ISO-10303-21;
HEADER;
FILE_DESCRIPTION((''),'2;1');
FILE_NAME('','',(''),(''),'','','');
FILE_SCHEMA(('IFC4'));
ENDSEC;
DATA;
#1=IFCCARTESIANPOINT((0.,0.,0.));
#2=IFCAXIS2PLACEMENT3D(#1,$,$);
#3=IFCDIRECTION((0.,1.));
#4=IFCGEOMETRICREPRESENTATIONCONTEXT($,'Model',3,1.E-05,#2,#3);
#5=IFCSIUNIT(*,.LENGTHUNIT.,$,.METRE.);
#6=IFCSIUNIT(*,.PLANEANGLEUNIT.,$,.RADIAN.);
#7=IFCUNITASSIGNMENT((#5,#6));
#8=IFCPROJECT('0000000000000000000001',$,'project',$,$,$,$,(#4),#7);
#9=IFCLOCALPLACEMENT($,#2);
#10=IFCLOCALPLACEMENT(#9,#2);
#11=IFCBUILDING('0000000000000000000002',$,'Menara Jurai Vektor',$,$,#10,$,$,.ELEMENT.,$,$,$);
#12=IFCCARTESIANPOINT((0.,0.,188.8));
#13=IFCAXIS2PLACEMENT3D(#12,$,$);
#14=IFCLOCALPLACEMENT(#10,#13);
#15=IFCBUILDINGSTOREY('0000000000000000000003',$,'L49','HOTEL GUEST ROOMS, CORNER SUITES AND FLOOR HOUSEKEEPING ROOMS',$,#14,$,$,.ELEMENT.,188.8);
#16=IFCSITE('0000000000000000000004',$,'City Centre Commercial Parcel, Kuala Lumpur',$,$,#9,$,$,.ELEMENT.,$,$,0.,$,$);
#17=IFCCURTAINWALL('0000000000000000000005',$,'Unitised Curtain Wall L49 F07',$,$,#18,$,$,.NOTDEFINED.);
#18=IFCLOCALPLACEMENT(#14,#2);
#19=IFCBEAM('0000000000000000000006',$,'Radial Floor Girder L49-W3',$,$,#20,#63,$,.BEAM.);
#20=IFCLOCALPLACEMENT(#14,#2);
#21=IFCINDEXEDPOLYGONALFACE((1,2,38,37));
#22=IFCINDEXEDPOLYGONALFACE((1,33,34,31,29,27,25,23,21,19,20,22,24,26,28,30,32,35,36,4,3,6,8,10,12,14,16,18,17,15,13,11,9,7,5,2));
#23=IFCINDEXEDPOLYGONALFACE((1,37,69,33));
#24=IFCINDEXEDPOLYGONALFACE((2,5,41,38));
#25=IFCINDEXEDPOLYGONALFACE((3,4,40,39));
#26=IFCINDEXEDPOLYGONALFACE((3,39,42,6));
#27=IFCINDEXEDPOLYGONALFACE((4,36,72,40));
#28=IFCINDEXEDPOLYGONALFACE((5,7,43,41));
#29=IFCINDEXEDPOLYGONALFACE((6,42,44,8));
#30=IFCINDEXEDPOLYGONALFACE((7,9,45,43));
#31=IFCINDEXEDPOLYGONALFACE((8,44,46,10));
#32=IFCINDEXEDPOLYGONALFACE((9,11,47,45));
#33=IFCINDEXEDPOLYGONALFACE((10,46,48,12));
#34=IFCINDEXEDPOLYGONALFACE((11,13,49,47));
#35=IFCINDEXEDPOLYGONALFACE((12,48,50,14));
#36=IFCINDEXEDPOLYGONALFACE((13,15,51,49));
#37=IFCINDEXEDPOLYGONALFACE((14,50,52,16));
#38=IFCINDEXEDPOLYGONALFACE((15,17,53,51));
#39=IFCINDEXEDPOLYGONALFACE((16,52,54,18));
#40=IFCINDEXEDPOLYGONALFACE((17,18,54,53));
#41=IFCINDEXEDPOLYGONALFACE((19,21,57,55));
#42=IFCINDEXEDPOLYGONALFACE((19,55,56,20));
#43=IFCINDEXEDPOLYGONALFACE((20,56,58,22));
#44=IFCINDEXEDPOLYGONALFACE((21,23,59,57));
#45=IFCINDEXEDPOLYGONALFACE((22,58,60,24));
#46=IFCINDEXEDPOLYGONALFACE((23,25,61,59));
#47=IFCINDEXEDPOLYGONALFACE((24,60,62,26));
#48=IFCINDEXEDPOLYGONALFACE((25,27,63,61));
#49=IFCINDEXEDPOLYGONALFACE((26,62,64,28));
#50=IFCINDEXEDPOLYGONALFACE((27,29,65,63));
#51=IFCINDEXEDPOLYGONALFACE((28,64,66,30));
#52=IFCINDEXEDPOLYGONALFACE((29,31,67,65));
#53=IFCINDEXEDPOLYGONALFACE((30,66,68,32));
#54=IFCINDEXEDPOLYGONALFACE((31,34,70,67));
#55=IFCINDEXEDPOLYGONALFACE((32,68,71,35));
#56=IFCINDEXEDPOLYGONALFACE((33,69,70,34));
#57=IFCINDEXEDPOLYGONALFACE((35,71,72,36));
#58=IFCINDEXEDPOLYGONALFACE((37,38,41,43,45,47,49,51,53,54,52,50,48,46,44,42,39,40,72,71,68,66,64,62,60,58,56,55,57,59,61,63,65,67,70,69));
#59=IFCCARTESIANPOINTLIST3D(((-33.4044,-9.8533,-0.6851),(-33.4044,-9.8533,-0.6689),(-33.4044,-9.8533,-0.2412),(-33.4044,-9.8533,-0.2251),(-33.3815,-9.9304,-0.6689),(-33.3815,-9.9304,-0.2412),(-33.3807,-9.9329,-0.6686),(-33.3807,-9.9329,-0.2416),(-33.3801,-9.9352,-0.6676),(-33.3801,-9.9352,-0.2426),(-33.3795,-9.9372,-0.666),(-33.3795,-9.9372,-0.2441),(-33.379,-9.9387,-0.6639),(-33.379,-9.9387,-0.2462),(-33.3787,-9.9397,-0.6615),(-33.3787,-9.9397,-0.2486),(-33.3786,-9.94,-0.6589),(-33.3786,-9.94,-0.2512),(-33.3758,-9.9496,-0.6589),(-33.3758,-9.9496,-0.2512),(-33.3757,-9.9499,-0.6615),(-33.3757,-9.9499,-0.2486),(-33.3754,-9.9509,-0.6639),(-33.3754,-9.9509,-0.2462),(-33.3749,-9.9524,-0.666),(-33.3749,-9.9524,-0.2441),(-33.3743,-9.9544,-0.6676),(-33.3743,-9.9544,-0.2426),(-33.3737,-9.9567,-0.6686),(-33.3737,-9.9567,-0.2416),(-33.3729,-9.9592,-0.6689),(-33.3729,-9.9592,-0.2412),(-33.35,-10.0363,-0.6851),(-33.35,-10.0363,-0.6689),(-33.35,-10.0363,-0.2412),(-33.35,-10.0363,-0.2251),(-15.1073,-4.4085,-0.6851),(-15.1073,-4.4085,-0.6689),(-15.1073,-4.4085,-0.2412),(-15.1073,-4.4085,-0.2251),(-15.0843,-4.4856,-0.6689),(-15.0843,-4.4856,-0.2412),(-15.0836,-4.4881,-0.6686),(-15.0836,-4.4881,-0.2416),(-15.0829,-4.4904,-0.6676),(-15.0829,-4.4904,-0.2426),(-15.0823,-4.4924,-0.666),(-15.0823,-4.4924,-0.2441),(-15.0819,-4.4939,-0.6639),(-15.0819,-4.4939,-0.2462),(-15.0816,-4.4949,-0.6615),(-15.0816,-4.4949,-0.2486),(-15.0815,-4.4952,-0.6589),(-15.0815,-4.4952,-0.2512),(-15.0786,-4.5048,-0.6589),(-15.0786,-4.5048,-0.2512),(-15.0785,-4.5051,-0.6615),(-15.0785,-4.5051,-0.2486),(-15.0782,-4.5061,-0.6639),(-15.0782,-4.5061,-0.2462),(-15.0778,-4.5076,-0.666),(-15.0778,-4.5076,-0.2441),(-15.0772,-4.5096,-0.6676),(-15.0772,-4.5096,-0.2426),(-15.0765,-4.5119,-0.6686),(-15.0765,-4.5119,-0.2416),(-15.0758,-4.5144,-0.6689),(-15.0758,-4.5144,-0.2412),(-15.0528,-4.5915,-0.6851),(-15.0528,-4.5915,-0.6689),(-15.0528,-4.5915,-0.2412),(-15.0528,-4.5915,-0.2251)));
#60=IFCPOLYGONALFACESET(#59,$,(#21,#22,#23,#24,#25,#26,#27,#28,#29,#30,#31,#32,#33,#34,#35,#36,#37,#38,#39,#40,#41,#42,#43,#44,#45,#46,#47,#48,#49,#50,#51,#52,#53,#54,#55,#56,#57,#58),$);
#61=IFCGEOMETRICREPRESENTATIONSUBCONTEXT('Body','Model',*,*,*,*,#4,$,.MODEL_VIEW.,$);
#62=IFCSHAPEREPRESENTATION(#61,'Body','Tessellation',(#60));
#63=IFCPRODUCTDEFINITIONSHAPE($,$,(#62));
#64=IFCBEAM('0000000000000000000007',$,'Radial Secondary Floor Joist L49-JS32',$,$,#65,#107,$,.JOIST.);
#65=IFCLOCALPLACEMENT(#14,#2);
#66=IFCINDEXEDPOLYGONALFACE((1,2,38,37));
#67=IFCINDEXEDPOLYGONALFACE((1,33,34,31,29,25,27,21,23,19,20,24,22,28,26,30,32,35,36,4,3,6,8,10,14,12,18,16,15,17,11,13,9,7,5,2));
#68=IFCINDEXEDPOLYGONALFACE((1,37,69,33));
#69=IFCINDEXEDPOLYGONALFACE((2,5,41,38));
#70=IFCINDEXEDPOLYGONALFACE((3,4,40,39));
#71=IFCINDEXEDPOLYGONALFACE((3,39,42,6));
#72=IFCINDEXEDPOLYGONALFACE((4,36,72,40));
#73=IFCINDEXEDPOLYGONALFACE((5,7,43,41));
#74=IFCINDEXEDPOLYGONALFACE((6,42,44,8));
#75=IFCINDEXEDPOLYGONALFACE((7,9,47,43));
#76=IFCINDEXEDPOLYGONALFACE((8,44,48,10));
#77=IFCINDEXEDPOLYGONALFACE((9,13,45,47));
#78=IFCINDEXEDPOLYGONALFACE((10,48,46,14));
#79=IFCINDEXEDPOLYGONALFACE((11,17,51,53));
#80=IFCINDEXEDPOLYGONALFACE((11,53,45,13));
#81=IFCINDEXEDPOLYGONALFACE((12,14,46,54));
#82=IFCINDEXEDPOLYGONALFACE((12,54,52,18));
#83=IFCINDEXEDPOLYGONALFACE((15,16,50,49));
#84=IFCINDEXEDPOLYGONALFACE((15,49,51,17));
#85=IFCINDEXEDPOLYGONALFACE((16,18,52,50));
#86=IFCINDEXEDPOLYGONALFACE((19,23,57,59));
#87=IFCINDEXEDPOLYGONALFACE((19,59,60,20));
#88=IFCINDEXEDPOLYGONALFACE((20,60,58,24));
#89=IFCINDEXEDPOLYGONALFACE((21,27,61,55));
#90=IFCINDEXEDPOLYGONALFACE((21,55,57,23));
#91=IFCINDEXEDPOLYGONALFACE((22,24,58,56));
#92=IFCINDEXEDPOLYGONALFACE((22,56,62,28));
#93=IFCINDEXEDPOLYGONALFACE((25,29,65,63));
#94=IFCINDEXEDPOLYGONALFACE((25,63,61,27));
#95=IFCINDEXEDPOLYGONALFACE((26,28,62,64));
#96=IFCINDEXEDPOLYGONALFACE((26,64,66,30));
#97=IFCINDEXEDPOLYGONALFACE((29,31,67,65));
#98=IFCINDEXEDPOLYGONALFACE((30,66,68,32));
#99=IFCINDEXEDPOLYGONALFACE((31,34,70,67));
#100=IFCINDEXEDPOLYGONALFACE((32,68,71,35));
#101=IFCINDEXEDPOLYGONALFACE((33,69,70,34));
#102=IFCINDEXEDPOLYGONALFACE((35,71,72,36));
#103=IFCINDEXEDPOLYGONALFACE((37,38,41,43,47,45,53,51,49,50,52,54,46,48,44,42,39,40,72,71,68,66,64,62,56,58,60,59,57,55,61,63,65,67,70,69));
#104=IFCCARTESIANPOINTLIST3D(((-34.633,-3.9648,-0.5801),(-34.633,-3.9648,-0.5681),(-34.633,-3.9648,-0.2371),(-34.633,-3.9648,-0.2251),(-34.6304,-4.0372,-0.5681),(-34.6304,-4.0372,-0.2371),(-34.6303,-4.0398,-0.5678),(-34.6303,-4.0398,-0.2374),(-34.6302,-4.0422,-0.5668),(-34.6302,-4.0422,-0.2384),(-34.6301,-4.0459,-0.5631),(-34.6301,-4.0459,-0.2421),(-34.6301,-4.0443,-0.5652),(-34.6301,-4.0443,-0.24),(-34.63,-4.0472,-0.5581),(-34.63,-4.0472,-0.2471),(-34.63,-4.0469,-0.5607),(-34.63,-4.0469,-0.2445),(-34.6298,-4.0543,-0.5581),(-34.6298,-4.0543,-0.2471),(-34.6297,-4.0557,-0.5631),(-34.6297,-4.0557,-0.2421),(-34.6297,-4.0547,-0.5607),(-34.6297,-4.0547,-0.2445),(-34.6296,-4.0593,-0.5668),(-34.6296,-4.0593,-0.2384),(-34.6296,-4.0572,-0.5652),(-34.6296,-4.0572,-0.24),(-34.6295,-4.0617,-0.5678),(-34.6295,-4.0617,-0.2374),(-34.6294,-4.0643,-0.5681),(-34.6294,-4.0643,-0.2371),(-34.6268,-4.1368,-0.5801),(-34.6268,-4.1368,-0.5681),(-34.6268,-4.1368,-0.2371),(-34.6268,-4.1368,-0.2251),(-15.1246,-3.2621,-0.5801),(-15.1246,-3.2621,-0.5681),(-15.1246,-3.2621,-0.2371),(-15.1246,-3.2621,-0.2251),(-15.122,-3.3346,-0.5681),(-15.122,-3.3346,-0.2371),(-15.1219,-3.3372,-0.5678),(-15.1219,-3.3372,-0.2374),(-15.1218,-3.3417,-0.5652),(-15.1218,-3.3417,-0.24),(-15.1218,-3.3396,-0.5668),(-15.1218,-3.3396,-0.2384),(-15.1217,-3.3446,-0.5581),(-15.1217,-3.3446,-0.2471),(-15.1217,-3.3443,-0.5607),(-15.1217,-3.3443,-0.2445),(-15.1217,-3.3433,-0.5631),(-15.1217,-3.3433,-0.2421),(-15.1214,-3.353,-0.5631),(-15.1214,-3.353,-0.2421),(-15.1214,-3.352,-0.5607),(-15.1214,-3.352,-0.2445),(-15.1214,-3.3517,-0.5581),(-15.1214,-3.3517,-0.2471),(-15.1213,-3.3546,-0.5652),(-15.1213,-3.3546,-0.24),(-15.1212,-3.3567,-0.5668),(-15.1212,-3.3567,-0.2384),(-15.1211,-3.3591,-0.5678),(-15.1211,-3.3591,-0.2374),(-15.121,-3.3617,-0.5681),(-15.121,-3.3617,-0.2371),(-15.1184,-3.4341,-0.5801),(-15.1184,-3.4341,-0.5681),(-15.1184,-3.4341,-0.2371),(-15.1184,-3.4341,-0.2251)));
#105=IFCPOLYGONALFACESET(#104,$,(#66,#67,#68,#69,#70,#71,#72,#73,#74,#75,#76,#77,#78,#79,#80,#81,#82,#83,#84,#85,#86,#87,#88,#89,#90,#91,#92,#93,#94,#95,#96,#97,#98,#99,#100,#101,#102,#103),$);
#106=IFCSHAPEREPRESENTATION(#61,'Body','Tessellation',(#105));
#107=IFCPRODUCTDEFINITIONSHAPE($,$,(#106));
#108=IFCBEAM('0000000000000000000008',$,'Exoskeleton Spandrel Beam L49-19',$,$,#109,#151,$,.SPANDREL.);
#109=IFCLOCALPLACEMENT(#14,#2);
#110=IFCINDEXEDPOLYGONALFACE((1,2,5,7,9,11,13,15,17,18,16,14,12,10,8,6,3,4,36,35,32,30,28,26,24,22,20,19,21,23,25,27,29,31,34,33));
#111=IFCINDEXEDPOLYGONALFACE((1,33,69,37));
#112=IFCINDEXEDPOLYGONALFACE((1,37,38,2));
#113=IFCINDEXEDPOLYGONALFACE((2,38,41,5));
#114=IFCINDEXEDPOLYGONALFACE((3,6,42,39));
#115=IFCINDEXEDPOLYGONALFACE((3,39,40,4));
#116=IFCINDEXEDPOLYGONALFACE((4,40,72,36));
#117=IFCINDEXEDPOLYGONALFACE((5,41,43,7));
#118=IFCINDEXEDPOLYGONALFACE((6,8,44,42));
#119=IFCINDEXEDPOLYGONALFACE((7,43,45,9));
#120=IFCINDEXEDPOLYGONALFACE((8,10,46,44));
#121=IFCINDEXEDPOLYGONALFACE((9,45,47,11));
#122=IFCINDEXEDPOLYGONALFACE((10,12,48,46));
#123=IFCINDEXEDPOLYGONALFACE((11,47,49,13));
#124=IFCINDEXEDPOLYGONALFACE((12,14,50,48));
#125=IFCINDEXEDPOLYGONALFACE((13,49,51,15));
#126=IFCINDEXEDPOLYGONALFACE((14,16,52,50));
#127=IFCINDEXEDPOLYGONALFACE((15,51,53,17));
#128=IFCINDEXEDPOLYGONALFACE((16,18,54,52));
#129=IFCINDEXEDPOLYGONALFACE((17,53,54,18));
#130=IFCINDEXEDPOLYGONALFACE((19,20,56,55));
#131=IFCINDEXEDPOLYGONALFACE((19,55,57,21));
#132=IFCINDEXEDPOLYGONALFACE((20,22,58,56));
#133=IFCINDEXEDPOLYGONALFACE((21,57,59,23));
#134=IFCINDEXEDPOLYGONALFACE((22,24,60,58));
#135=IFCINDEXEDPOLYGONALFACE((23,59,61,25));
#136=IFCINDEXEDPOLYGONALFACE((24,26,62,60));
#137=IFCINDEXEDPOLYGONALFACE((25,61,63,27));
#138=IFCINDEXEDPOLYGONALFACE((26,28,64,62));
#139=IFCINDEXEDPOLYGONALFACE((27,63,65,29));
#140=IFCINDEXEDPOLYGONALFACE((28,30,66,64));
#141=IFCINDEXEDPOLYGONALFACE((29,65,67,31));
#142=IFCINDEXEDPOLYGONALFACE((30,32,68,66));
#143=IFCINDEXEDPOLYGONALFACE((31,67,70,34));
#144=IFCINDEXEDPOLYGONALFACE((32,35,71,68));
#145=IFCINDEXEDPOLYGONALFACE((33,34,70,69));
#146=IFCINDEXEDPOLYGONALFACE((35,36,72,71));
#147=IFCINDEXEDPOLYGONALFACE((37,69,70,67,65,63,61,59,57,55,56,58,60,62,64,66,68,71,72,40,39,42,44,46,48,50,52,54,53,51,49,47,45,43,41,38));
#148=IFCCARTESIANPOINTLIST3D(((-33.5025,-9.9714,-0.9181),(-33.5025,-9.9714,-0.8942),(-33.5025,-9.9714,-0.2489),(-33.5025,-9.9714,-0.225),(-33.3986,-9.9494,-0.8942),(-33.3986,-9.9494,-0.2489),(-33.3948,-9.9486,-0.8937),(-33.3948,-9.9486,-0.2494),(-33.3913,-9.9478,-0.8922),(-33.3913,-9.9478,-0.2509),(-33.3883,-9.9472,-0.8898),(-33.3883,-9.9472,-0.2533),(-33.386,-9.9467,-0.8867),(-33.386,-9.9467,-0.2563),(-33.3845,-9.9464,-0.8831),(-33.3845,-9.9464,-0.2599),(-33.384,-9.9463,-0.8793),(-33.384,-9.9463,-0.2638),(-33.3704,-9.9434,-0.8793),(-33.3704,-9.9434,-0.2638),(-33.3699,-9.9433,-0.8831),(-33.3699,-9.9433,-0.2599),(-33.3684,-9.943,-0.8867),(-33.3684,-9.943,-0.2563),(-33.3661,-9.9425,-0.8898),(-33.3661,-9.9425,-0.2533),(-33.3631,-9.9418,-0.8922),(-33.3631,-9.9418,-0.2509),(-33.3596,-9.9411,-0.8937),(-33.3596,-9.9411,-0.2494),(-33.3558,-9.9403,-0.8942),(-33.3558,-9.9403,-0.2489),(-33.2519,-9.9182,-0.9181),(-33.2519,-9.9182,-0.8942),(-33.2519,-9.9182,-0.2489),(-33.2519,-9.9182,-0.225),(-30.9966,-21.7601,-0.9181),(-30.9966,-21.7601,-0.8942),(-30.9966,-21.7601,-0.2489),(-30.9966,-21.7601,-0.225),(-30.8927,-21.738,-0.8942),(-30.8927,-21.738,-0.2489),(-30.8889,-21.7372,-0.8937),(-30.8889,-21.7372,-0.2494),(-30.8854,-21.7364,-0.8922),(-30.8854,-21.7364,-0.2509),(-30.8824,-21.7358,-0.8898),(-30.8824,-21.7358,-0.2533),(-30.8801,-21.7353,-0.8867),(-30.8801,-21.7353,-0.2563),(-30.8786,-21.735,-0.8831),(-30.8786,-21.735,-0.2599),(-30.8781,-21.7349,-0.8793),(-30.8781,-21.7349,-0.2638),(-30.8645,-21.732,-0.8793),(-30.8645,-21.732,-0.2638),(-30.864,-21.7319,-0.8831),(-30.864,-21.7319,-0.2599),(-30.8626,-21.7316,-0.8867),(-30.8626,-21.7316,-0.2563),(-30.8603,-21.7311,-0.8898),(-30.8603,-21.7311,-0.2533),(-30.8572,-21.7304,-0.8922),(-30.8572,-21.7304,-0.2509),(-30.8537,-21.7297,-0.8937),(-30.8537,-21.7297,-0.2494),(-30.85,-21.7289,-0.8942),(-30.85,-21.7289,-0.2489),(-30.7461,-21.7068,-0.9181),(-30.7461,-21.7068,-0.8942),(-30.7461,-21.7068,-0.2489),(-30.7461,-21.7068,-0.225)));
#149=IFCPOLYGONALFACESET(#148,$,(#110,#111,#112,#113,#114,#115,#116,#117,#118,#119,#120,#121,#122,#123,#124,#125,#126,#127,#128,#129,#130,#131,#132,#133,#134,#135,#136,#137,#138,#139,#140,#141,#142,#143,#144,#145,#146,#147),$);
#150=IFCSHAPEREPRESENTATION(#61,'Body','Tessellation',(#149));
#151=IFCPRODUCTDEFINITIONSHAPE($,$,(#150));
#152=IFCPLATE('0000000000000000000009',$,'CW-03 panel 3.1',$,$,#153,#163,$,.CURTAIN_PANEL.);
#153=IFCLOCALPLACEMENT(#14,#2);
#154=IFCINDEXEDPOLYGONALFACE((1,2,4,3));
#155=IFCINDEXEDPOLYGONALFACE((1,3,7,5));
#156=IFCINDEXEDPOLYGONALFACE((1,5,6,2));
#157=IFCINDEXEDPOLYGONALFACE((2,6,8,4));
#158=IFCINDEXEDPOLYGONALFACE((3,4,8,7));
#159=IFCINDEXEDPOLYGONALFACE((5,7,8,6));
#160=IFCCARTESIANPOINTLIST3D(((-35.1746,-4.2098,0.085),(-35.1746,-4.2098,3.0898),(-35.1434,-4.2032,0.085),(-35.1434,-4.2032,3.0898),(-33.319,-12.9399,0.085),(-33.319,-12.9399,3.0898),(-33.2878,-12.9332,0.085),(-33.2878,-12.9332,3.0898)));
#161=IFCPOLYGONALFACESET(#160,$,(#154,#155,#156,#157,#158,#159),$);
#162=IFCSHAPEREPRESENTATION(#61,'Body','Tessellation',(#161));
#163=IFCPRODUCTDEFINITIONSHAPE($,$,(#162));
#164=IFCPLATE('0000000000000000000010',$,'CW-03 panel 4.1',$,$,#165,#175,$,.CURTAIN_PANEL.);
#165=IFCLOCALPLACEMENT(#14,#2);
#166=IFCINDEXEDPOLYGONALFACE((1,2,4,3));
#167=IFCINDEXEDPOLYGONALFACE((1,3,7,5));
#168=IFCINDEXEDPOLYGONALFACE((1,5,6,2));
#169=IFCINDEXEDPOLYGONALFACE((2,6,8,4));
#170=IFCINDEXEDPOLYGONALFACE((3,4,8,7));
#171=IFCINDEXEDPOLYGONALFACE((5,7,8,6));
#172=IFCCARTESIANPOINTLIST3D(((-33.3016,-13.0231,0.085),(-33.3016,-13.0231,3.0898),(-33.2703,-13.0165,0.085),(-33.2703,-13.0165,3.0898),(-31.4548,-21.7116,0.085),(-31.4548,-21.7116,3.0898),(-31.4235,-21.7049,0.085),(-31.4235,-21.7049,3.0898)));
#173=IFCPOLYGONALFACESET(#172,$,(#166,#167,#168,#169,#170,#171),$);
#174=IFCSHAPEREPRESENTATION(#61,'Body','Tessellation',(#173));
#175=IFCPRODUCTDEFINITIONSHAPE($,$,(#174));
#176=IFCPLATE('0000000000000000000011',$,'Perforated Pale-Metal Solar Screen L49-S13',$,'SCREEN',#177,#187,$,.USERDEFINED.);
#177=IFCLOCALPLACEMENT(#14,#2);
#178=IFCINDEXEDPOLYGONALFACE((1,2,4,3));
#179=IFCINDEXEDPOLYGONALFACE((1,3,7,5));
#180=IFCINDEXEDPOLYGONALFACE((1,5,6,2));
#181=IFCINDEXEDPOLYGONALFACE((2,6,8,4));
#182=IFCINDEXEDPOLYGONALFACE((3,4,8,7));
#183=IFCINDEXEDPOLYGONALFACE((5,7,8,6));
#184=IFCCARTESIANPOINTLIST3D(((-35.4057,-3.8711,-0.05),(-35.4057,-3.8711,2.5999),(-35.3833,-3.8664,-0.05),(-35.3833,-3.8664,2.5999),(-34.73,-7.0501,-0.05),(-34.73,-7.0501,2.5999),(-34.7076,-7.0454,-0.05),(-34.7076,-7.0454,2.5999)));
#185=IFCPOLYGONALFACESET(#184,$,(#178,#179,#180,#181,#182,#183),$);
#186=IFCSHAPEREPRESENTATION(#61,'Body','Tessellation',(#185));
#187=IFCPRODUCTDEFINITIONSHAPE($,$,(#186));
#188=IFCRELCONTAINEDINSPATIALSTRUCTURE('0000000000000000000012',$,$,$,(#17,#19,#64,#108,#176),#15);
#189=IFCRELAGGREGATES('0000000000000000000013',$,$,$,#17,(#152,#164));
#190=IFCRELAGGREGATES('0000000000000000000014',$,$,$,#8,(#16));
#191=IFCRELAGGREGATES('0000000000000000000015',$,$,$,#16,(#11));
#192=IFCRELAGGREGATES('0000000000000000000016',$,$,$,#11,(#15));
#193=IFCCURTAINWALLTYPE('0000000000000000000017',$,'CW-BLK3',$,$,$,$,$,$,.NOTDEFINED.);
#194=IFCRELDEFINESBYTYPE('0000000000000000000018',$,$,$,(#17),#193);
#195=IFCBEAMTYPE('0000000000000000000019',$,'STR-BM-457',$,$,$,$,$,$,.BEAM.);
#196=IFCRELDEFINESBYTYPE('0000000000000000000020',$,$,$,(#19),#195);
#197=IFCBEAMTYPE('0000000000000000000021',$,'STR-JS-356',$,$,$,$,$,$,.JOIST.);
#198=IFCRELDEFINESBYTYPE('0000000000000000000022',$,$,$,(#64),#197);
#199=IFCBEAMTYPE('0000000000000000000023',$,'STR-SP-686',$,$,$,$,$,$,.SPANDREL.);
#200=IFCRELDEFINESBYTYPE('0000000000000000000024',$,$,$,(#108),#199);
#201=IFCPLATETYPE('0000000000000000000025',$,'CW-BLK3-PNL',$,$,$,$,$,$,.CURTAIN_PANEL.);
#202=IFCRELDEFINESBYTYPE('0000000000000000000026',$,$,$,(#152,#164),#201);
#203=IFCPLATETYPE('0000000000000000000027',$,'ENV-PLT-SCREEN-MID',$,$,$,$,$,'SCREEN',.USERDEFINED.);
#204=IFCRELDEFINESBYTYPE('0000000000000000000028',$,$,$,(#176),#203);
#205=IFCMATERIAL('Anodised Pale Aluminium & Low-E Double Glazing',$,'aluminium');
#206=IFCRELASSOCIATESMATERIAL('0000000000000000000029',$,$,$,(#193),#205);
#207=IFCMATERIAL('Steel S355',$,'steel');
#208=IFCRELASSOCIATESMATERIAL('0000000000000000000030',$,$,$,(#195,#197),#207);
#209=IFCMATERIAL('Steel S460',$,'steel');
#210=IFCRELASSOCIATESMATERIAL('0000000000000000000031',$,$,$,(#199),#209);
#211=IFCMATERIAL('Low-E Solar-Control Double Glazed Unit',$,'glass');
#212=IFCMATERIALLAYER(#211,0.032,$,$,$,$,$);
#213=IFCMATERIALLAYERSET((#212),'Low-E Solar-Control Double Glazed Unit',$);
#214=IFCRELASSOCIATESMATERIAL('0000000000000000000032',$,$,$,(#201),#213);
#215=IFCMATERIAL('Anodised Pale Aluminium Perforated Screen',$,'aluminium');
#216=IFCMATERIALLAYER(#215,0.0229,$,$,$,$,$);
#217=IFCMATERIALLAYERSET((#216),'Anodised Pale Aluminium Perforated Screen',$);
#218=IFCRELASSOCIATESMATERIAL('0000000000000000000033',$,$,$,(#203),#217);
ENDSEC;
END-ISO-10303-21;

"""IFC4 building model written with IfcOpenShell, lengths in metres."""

from ifc_helpers import new_model, si_unit, direction, frame, origin, origin_2d, place, context, subcontext, project, spatial, rectangle, i_section, extrude, material, layer, layer_set, material_profile, profile_set, type_object, element, aggregate, save


model = new_model("IFC4")

# Units and contexts
model_context = context("Model", 3, precision=1e-05, world=origin(), true_north=direction((0.0, 1.0)))
body_context = subcontext(model_context, "Body", "Model", "MODEL_VIEW")
ifc_project = project(units=[si_unit("LENGTHUNIT", "METRE"), si_unit("PLANEANGLEUNIT", "RADIAN")], contexts=[model_context])

# Site, building, storey
site_placement = place(None, origin())
site = spatial("IfcSite", under=ifc_project, at=site_placement, Name="City Centre Commercial Parcel, Kuala Lumpur", CompositionType="ELEMENT", RefElevation=0.0)
building_placement = place(site_placement, origin())
building = spatial("IfcBuilding", under=site, at=building_placement, Name="Menara Jurai Vektor", CompositionType="ELEMENT")
storey_placement = place(building_placement, frame((0.0, 0.0, 188.8)))
storey = spatial("IfcBuildingStorey", under=building, at=storey_placement, Name="L49", Description="HOTEL GUEST ROOMS, CORNER SUITES AND FLOOR HOUSEKEEPING ROOMS", CompositionType="ELEMENT", Elevation=188.8)

# Shared definitions
ifc_material_1 = material(Name="Steel S460", Category="steel")

# Curtain wall
ifc_material_2 = material(Name="Anodised Pale Aluminium & Low-E Double Glazing", Category="aluminium")
curtain_wall_type = type_object("IfcCurtainWallType", Name="CW-BLK3", PredefinedType="NOTDEFINED", material=ifc_material_2)
curtain_wall_placement = place(storey_placement, origin())
curtain_wall = element("IfcCurtainWall", 1, at=curtain_wall_placement, inside=storey, type_object=curtain_wall_type, Name="Unitised Curtain Wall L49 F07", PredefinedType="NOTDEFINED")

# Beams
ifc_material_3 = material(Name="Steel S355", Category="steel")
ifc_material_profile_1 = material_profile(ifc_material_3, i_section(OverallWidth=0.1909, OverallDepth=0.46, WebThickness=0.01, FlangeThickness=0.0161, FilletRadius=0.01, at=origin_2d()), Name="UKB 457x191x82")
ifc_profile_set_1 = profile_set([ifc_material_profile_1], Name="Steel S355")
beam_type_1 = type_object("IfcBeamType", Name="STR-BM-457", PredefinedType="BEAM", material=ifc_profile_set_1)
beam_1_placement = place(storey_placement, frame((-33.3772, -9.9448, -0.4551), z_axis=(0.958463, 0.285218, 0.0), x_axis=(-0.285218, 0.958463, 0.0)))
element("IfcBeam", 2, at=beam_1_placement, inside=storey, type_object=beam_type_1, Name="Radial Floor Girder L49-W3", PredefinedType="BEAM", context=body_context, shape_type="SweptSolid", body=[
    extrude(i_section(OverallWidth=0.1909, OverallDepth=0.46, WebThickness=0.01, FlangeThickness=0.0161, FilletRadius=0.01, at=origin_2d()), origin(), (0.0, 0.0, 1.0), 19.0901),
])
ifc_material_profile_2 = material_profile(ifc_material_3, i_section(OverallWidth=0.1721, OverallDepth=0.355, WebThickness=0.0071, FlangeThickness=0.012, FilletRadius=0.01, at=origin_2d()), Name="UKB 356x171x51")
ifc_profile_set_2 = profile_set([ifc_material_profile_2], Name="Steel S355")
beam_type_2 = type_object("IfcBeamType", Name="STR-JS-356", PredefinedType="JOIST", material=ifc_profile_set_2)
beam_2_placement = place(storey_placement, frame((-34.6299, -4.0508, -0.4026), z_axis=(0.999352, 0.035994, 0.0), x_axis=(-0.035994, 0.999352, 0.0)))
element("IfcBeam", 3, at=beam_2_placement, inside=storey, type_object=beam_type_2, Name="Radial Secondary Floor Joist L49-JS32", PredefinedType="JOIST", context=body_context, shape_type="SweptSolid", body=[
    extrude(i_section(OverallWidth=0.1721, OverallDepth=0.355, WebThickness=0.0071, FlangeThickness=0.012, FilletRadius=0.01, at=origin_2d()), origin(), (0.0, 0.0, 1.0), 19.521),
])
ifc_material_profile_3 = material_profile(ifc_material_1, i_section(OverallWidth=0.2561, OverallDepth=0.6931, WebThickness=0.0139, FlangeThickness=0.0239, FilletRadius=0.0149, at=origin_2d()), Name="UKB 686x254x170")
ifc_profile_set_3 = profile_set([ifc_material_profile_3], Name="Steel S460")
beam_type_3 = type_object("IfcBeamType", Name="STR-SP-686", PredefinedType="SPANDREL", material=ifc_profile_set_3)
beam_3_placement = place(storey_placement, frame((-33.3772, -9.9448, -0.5715), z_axis=(0.207921, -0.978146, 0.0), x_axis=(0.978146, 0.207921, 0.0)))
element("IfcBeam", 4, at=beam_3_placement, inside=storey, type_object=beam_type_3, Name="Exoskeleton Spandrel Beam L49-19", PredefinedType="SPANDREL", context=body_context, shape_type="SweptSolid", body=[
    extrude(i_section(OverallWidth=0.2561, OverallDepth=0.6931, WebThickness=0.0139, FlangeThickness=0.0239, FilletRadius=0.0149, at=origin_2d()), origin(), (0.0, 0.0, 1.0), 12.052),
])

# Plates
ifc_material_4 = material(Name="Low-E Solar-Control Double Glazed Unit", Category="glass")
ifc_layer_1 = layer(ifc_material_4, 0.032)
ifc_layer_set_1 = layer_set([ifc_layer_1], Name="Low-E Solar-Control Double Glazed Unit")
plate_type_1 = type_object("IfcPlateType", Name="CW-BLK3-PNL", PredefinedType="CURTAIN_PANEL", material=ifc_layer_set_1)
plate_1_placement = place(storey_placement, frame((-34.2312, -8.5715, 0.085), z_axis=(0.0, 0.0, 1.0), x_axis=(0.20791, -0.978148, 0.0)))
plate_1 = element("IfcPlate", 5, at=plate_1_placement, type_object=plate_type_1, Name="CW-03 panel 3.1", PredefinedType="CURTAIN_PANEL", context=body_context, shape_type="SweptSolid", body=[
    extrude(rectangle(XDim=8.925, YDim=0.032, at=origin_2d()), origin(), (0.0, 0.0, 1.0), 3.0049),
])
plate_2_placement = place(storey_placement, frame((-32.3625, -17.364, 0.085), z_axis=(0.0, 0.0, 1.0), x_axis=(0.20791, -0.978148, 0.0)))
plate_2 = element("IfcPlate", 6, at=plate_2_placement, type_object=plate_type_1, Name="CW-03 panel 4.1", PredefinedType="CURTAIN_PANEL", context=body_context, shape_type="SweptSolid", body=[
    extrude(rectangle(XDim=8.8826, YDim=0.032, at=origin_2d()), origin(), (0.0, 0.0, 1.0), 3.0049),
])
aggregate(curtain_wall, [plate_1, plate_2])

# Plate
ifc_material_5 = material(Name="Anodised Pale Aluminium Perforated Screen", Category="aluminium")
ifc_layer_2 = layer(ifc_material_5, 0.0229)
ifc_layer_set_2 = layer_set([ifc_layer_2], Name="Anodised Pale Aluminium Perforated Screen")
plate_type_2 = type_object("IfcPlateType", Name="ENV-PLT-SCREEN-MID", ElementType="SCREEN", PredefinedType="USERDEFINED", material=ifc_layer_set_2)
for number, where, z_axis, x_axis, name in (
    (7, (-35.0566, -5.4583, -0.05), (0.0, 0.0, 1.0), (0.207912, -0.978148, 0.0), "Perforated Pale-Metal Solar Screen L49-S13"),
):
    element("IfcPlate", number, at=place(storey_placement, frame(where, z_axis=z_axis, x_axis=x_axis)), inside=storey, type_object=plate_type_2, Name=name, ObjectType="SCREEN", PredefinedType="USERDEFINED", context=body_context, shape_type="SweptSolid", body=[
        extrude(rectangle(XDim=3.25, YDim=0.0229, at=origin_2d()), origin(), (0.0, 0.0, 1.0), 2.6499),
    ])

save(model, "model.ifc")
